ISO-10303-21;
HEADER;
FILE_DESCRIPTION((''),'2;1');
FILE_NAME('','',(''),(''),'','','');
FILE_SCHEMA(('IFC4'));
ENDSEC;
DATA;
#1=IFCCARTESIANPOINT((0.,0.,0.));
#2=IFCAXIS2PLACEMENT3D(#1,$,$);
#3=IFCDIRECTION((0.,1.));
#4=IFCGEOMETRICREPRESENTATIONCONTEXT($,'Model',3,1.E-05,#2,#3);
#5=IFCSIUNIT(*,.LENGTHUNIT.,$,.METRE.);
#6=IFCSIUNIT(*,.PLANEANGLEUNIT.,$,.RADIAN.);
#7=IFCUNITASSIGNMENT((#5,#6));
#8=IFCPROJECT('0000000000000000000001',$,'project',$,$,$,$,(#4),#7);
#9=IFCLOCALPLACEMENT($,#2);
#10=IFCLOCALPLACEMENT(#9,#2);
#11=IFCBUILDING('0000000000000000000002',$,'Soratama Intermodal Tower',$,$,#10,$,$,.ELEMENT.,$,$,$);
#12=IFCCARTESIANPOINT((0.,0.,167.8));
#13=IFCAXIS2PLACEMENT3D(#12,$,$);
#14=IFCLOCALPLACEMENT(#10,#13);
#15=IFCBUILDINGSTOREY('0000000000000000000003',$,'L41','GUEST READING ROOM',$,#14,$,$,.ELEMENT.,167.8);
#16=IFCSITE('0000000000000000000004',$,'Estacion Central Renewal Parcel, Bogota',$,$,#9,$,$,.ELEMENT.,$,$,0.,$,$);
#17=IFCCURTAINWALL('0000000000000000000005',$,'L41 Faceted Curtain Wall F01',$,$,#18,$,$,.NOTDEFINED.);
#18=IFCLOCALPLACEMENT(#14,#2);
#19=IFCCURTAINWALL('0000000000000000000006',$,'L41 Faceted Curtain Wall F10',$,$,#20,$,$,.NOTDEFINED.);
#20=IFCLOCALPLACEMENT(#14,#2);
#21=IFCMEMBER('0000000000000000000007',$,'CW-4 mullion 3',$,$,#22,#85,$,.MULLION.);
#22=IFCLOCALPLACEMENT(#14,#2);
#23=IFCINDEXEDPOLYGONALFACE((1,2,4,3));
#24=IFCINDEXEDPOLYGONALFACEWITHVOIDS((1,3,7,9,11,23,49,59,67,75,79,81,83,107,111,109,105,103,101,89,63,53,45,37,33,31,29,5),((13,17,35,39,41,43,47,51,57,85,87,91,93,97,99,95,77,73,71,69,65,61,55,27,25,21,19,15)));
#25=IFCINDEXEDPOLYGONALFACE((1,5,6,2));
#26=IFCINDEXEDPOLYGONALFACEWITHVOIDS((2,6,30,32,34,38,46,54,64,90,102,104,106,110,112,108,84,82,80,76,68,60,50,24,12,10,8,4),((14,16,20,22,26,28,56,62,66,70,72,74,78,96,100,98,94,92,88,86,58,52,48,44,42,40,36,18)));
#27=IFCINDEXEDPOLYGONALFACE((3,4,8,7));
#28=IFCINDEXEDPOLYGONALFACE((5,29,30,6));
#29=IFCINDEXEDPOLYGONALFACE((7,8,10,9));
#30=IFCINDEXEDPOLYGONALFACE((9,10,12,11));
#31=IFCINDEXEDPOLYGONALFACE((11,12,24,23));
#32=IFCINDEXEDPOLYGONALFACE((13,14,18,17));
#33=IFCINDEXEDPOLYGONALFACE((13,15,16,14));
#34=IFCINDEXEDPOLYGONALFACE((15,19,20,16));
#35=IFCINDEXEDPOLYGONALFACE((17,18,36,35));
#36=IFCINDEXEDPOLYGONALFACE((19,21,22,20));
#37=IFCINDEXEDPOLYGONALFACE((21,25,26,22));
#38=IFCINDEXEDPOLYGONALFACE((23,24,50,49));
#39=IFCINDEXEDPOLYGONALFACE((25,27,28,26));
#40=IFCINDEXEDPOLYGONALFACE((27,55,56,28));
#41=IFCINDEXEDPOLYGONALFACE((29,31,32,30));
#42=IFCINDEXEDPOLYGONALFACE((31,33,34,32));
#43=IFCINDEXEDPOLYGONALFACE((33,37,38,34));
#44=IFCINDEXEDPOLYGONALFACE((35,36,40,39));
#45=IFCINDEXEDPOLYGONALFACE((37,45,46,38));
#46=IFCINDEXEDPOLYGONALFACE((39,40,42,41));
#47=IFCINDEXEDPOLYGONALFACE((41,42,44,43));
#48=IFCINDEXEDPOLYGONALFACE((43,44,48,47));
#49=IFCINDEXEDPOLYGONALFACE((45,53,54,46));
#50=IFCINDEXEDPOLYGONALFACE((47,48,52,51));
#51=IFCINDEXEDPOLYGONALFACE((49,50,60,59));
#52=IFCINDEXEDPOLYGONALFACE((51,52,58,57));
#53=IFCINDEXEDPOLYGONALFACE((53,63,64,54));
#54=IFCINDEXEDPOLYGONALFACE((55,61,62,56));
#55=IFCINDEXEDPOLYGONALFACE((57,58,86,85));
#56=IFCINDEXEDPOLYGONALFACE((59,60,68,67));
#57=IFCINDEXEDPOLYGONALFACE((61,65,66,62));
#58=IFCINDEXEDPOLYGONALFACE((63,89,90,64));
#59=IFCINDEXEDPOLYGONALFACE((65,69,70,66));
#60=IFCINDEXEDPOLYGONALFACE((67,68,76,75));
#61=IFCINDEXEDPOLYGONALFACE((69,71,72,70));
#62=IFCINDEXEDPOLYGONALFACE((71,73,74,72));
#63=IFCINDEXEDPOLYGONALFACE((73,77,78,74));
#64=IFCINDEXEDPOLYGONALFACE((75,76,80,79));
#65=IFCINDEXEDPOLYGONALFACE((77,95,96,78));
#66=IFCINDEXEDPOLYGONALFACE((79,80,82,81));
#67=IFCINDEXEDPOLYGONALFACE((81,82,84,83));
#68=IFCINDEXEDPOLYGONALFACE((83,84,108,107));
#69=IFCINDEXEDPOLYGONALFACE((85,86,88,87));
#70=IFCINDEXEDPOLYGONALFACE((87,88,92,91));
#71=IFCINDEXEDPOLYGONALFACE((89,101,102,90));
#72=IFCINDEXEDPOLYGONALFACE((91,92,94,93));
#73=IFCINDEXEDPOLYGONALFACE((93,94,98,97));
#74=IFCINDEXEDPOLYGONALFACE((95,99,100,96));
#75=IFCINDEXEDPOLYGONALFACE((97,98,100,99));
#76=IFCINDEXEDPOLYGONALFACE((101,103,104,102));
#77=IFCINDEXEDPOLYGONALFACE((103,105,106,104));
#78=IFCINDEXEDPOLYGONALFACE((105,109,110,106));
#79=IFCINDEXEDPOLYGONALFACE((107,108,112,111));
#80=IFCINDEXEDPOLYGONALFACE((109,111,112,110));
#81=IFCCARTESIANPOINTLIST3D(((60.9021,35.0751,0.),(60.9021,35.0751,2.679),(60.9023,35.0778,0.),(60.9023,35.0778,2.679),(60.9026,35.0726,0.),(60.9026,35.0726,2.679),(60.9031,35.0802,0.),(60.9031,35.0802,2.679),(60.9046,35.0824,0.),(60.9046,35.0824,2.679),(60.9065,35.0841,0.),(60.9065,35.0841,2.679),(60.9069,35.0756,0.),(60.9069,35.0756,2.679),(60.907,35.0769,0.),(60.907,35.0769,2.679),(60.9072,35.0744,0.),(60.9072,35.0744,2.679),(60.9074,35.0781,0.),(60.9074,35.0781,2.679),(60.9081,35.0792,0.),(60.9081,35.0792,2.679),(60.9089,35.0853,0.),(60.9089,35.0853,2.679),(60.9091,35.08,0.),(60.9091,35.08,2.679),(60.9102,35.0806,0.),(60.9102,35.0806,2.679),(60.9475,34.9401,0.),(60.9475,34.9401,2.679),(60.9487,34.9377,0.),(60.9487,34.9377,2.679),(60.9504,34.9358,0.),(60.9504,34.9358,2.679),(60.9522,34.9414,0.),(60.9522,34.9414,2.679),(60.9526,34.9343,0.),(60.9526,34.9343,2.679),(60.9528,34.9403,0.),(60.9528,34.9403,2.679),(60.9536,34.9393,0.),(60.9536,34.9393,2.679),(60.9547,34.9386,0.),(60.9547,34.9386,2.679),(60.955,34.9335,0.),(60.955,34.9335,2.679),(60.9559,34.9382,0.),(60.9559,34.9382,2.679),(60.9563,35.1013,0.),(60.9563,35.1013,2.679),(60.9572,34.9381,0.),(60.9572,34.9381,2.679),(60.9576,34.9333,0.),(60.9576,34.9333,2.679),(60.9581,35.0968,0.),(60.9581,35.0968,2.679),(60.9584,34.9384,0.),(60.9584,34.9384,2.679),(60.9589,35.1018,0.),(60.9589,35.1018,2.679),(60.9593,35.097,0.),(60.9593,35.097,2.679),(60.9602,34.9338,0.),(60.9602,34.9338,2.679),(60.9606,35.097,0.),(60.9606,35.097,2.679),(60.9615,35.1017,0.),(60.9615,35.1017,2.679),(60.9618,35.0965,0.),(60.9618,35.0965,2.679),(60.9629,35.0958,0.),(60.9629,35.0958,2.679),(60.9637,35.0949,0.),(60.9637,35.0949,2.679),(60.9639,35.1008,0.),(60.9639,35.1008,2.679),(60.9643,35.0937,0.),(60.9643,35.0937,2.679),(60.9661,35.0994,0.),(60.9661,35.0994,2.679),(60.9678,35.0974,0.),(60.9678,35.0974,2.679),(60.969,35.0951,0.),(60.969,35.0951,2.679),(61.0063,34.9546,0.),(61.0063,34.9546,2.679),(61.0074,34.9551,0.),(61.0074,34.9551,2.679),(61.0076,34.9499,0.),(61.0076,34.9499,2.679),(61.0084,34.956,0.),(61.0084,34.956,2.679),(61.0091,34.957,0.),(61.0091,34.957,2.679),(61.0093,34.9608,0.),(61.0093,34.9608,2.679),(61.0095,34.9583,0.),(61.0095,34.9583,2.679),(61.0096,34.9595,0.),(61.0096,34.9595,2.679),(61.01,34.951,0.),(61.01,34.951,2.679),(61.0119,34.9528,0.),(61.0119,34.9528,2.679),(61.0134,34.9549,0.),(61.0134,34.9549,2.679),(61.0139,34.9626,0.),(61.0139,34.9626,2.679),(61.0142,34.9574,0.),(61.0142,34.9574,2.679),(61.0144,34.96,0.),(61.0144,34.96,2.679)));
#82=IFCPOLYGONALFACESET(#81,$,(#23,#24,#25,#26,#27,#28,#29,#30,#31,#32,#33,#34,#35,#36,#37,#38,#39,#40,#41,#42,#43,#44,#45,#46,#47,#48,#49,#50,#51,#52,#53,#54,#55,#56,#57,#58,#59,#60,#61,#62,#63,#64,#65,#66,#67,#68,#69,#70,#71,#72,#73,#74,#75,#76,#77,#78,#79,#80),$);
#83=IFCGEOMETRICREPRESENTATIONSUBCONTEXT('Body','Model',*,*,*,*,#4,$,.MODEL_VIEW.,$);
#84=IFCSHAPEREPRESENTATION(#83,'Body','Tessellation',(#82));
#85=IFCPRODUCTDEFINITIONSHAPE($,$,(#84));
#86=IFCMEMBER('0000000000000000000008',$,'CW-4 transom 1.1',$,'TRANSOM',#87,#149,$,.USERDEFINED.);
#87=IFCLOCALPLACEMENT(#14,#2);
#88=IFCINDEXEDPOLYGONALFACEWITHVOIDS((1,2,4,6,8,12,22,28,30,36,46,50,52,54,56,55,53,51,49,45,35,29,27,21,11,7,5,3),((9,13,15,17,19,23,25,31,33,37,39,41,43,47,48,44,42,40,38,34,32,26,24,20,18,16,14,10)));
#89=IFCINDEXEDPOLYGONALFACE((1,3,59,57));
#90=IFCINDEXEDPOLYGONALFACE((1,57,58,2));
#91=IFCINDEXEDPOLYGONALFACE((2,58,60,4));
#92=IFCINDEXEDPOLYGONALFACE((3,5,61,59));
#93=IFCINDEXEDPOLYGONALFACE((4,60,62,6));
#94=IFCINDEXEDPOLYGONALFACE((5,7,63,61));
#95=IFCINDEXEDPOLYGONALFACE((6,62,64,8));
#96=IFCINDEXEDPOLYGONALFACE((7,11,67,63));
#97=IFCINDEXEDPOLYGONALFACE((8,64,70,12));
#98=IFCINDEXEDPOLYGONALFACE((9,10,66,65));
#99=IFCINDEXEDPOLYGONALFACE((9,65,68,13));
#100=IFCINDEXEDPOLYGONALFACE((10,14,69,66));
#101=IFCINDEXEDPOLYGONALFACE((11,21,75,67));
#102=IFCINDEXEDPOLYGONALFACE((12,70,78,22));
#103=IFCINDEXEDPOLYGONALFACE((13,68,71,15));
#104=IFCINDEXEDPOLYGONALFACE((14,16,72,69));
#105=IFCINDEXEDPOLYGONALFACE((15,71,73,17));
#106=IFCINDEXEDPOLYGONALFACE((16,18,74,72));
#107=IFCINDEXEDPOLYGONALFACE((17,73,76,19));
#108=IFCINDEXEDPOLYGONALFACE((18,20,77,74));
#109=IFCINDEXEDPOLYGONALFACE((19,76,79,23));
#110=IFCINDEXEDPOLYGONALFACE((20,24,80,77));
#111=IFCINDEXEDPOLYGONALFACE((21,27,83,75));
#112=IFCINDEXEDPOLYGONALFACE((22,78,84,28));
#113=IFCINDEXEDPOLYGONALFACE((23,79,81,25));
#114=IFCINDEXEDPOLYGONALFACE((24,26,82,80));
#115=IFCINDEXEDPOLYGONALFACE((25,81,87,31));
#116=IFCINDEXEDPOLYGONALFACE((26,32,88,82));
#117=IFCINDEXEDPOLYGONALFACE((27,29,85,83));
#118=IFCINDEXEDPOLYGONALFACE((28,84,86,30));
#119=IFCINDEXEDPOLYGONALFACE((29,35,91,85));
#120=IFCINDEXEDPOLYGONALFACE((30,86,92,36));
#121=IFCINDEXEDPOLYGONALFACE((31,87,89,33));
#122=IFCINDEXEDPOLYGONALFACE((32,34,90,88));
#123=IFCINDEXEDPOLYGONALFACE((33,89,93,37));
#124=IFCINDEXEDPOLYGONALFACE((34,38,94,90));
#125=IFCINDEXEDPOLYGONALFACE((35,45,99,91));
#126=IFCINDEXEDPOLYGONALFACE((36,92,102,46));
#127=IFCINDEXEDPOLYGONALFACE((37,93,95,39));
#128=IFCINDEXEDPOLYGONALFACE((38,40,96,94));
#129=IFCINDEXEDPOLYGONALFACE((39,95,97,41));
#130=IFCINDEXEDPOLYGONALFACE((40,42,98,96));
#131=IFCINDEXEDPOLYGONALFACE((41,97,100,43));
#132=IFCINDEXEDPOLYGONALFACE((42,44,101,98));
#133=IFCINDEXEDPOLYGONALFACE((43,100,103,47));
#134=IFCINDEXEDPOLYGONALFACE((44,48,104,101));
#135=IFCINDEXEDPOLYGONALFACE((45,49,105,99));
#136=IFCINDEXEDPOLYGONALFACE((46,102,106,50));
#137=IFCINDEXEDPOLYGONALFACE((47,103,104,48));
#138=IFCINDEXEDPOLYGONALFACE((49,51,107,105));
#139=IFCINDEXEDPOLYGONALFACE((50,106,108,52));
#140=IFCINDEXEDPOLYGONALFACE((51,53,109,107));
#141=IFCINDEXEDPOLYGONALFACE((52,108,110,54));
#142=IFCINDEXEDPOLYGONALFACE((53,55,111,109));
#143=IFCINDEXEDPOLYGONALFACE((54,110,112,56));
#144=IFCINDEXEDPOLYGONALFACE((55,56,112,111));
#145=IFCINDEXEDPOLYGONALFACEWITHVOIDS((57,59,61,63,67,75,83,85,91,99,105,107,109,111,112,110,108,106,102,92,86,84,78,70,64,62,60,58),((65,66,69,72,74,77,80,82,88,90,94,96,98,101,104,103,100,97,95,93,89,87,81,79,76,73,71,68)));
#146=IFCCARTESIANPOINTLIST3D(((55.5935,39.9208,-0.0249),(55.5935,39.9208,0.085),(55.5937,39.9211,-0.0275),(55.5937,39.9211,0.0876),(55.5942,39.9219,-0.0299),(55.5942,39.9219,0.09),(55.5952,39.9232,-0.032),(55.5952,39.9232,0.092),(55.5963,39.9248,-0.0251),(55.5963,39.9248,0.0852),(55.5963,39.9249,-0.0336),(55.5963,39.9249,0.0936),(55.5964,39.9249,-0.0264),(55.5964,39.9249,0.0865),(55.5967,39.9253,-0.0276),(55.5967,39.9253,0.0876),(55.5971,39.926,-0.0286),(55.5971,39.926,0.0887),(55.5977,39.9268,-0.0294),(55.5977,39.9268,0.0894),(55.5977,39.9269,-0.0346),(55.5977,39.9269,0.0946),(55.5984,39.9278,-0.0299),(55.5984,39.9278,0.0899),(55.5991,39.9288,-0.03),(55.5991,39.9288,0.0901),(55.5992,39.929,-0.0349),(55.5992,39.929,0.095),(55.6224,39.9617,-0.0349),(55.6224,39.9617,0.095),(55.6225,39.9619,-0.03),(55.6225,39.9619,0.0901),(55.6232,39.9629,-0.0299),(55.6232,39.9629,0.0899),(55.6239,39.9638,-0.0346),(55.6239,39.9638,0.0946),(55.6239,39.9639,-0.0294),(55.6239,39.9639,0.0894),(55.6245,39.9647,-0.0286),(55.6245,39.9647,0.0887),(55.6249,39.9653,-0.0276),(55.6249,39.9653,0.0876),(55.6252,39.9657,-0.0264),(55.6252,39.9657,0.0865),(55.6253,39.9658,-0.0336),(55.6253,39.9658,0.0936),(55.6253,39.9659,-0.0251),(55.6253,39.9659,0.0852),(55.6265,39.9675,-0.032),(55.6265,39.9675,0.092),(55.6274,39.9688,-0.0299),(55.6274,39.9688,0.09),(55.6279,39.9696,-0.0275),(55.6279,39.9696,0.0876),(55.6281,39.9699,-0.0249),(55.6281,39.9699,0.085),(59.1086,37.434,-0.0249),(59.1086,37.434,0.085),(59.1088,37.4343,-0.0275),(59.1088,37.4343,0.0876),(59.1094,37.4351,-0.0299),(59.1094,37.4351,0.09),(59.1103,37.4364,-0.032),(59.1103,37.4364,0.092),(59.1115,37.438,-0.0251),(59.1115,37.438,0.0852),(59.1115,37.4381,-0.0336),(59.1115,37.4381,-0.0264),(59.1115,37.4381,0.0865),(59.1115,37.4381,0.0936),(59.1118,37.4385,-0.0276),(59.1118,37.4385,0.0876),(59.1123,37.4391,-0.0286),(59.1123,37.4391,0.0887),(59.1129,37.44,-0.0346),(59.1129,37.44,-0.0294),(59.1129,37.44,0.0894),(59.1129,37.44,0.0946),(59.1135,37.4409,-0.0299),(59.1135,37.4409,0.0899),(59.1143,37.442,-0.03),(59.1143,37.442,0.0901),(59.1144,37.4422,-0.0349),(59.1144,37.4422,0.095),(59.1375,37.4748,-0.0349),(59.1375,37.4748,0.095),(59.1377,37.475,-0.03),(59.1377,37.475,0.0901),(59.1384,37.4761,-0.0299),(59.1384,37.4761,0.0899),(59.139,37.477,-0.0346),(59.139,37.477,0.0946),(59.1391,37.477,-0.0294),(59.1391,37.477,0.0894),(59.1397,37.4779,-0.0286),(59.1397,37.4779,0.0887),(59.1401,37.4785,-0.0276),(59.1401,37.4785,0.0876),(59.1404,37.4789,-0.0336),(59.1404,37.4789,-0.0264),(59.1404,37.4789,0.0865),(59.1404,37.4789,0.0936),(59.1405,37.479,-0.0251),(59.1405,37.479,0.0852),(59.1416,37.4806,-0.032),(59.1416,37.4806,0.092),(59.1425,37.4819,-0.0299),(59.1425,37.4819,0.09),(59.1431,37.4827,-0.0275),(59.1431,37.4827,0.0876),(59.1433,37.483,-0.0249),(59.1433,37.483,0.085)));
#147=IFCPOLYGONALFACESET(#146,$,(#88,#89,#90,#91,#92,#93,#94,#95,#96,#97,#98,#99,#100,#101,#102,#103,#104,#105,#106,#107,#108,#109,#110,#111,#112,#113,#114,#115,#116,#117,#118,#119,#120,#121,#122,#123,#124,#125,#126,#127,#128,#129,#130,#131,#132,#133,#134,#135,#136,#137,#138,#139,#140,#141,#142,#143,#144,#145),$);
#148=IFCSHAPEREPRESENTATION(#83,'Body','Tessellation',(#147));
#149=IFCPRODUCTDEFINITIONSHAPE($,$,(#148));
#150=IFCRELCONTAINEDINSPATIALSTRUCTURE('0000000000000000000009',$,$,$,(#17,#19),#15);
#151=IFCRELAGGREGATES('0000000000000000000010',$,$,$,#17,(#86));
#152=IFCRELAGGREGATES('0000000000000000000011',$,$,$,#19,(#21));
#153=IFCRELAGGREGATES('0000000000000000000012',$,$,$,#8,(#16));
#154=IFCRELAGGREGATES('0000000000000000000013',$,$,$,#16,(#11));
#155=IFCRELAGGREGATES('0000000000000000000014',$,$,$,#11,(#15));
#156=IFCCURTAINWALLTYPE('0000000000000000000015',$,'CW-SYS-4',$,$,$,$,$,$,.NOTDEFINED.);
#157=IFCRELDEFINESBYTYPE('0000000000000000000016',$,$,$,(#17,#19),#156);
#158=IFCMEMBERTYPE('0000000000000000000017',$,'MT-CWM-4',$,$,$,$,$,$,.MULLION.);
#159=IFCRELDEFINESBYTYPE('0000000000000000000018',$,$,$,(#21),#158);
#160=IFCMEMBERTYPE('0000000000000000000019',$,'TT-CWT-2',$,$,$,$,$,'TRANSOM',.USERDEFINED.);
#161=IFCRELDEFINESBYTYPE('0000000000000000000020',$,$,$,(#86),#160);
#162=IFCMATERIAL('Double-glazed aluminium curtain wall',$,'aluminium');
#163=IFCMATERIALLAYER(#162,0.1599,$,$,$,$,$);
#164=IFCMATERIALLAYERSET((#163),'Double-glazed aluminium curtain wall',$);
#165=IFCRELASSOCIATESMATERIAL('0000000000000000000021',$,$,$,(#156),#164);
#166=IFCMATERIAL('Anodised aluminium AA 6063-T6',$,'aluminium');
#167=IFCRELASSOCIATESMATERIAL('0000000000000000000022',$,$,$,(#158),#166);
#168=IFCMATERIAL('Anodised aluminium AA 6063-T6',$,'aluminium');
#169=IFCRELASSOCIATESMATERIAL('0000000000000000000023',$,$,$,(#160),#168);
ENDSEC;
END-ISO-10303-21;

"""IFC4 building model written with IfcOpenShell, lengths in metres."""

from ifc_helpers import new_model, si_unit, direction, frame, origin, origin_2d, place, context, subcontext, project, spatial, hollow_rectangle, extrude, material, layer, layer_set, material_profile, profile_set, type_object, element, aggregate, save


model = new_model("IFC4")

# Units and contexts
model_context = context("Model", 3, precision=1e-05, world=origin(), true_north=direction((0.0, 1.0)))
body_context = subcontext(model_context, "Body", "Model", "MODEL_VIEW")
ifc_project = project(units=[si_unit("LENGTHUNIT", "METRE"), si_unit("PLANEANGLEUNIT", "RADIAN")], contexts=[model_context])

# Site, building, storey
site_placement = place(None, origin())
site = spatial("IfcSite", under=ifc_project, at=site_placement, Name="Estacion Central Renewal Parcel, Bogota", CompositionType="ELEMENT", RefElevation=0.0)
building_placement = place(site_placement, origin())
building = spatial("IfcBuilding", under=site, at=building_placement, Name="Soratama Intermodal Tower", CompositionType="ELEMENT")
storey_placement = place(building_placement, frame((0.0, 0.0, 167.8)))
storey = spatial("IfcBuildingStorey", under=building, at=storey_placement, Name="L41", Description="GUEST READING ROOM", CompositionType="ELEMENT", Elevation=167.8)

# Curtain wall
ifc_material_1 = material(Name="Double-glazed aluminium curtain wall", Category="aluminium")
ifc_layer_1 = layer(ifc_material_1, 0.1599)
ifc_layer_set_1 = layer_set([ifc_layer_1], Name="Double-glazed aluminium curtain wall")
curtain_wall_type = type_object("IfcCurtainWallType", Name="CW-SYS-4", PredefinedType="NOTDEFINED", material=ifc_layer_set_1)
curtain_wall_1_placement = place(storey_placement, origin())
curtain_wall_1 = element("IfcCurtainWall", 1, at=curtain_wall_1_placement, inside=storey, type_object=curtain_wall_type, Name="L41 Faceted Curtain Wall F01", PredefinedType="NOTDEFINED")
ifc_material_2 = material(Name="Anodised aluminium AA 6063-T6", Category="aluminium")
ifc_material_profile_1 = material_profile(ifc_material_2, hollow_rectangle(XDim=0.0701, YDim=0.1599, WallThickness=0.0049, InnerFilletRadius=0.0049, OuterFilletRadius=0.01, at=origin_2d()), Name="CWM160X70X5")
ifc_profile_set_1 = profile_set([ifc_material_profile_1], Name="Anodised aluminium AA 6063-T6")
member_type_1 = type_object("IfcMemberType", Name="MT-CWM-4", PredefinedType="MULLION", material=ifc_profile_set_1)

# Curtain wall, member
curtain_wall_2_placement = place(storey_placement, origin())
curtain_wall_2 = element("IfcCurtainWall", 2, at=curtain_wall_2_placement, inside=storey, type_object=curtain_wall_type, Name="L41 Faceted Curtain Wall F10", PredefinedType="NOTDEFINED")
member_1_placement = place(storey_placement, frame((60.9583, 35.0176, 0.0), z_axis=(0.0, 0.0, 1.0), x_axis=(-0.9471, -0.32094, 0.0)))
member_1 = element("IfcMember", 3, at=member_1_placement, type_object=member_type_1, Name="CW-4 mullion 3", PredefinedType="MULLION", context=body_context, shape_type="SweptSolid", body=[
    extrude(hollow_rectangle(XDim=0.0701, YDim=0.1599, WallThickness=0.0049, InnerFilletRadius=0.0049, OuterFilletRadius=0.01, at=origin_2d()), origin(), (0.0, 0.0, 1.0), 2.679),
])

# Member
ifc_material_3 = material(Name="Anodised aluminium AA 6063-T6", Category="aluminium")
ifc_material_profile_2 = material_profile(ifc_material_3, hollow_rectangle(XDim=0.0601, YDim=0.1299, WallThickness=0.0049, InnerFilletRadius=0.0049, OuterFilletRadius=0.01, at=origin_2d()), Name="CWT130X60X5")
ifc_profile_set_2 = profile_set([ifc_material_profile_2], Name="Anodised aluminium AA 6063-T6")
member_type_2 = type_object("IfcMemberType", Name="TT-CWT-2", ElementType="TRANSOM", PredefinedType="USERDEFINED", material=ifc_profile_set_2)
member_2_placement = place(storey_placement, frame((59.126, 37.4585, 0.03), z_axis=(-0.816361, 0.577542, 0.0), x_axis=(-0.577542, -0.816361, 0.0)))
member_2 = element("IfcMember", 4, at=member_2_placement, type_object=member_type_2, Name="CW-4 transom 1.1", ObjectType="TRANSOM", PredefinedType="USERDEFINED", context=body_context, shape_type="SweptSolid", body=[
    extrude(hollow_rectangle(XDim=0.0601, YDim=0.1299, WallThickness=0.0049, InnerFilletRadius=0.0049, OuterFilletRadius=0.01, at=origin_2d()), origin(), (0.0, 0.0, 1.0), 4.3059),
])

aggregate(curtain_wall_1, [member_2])
aggregate(curtain_wall_2, [member_1])

save(model, "model.ifc")
